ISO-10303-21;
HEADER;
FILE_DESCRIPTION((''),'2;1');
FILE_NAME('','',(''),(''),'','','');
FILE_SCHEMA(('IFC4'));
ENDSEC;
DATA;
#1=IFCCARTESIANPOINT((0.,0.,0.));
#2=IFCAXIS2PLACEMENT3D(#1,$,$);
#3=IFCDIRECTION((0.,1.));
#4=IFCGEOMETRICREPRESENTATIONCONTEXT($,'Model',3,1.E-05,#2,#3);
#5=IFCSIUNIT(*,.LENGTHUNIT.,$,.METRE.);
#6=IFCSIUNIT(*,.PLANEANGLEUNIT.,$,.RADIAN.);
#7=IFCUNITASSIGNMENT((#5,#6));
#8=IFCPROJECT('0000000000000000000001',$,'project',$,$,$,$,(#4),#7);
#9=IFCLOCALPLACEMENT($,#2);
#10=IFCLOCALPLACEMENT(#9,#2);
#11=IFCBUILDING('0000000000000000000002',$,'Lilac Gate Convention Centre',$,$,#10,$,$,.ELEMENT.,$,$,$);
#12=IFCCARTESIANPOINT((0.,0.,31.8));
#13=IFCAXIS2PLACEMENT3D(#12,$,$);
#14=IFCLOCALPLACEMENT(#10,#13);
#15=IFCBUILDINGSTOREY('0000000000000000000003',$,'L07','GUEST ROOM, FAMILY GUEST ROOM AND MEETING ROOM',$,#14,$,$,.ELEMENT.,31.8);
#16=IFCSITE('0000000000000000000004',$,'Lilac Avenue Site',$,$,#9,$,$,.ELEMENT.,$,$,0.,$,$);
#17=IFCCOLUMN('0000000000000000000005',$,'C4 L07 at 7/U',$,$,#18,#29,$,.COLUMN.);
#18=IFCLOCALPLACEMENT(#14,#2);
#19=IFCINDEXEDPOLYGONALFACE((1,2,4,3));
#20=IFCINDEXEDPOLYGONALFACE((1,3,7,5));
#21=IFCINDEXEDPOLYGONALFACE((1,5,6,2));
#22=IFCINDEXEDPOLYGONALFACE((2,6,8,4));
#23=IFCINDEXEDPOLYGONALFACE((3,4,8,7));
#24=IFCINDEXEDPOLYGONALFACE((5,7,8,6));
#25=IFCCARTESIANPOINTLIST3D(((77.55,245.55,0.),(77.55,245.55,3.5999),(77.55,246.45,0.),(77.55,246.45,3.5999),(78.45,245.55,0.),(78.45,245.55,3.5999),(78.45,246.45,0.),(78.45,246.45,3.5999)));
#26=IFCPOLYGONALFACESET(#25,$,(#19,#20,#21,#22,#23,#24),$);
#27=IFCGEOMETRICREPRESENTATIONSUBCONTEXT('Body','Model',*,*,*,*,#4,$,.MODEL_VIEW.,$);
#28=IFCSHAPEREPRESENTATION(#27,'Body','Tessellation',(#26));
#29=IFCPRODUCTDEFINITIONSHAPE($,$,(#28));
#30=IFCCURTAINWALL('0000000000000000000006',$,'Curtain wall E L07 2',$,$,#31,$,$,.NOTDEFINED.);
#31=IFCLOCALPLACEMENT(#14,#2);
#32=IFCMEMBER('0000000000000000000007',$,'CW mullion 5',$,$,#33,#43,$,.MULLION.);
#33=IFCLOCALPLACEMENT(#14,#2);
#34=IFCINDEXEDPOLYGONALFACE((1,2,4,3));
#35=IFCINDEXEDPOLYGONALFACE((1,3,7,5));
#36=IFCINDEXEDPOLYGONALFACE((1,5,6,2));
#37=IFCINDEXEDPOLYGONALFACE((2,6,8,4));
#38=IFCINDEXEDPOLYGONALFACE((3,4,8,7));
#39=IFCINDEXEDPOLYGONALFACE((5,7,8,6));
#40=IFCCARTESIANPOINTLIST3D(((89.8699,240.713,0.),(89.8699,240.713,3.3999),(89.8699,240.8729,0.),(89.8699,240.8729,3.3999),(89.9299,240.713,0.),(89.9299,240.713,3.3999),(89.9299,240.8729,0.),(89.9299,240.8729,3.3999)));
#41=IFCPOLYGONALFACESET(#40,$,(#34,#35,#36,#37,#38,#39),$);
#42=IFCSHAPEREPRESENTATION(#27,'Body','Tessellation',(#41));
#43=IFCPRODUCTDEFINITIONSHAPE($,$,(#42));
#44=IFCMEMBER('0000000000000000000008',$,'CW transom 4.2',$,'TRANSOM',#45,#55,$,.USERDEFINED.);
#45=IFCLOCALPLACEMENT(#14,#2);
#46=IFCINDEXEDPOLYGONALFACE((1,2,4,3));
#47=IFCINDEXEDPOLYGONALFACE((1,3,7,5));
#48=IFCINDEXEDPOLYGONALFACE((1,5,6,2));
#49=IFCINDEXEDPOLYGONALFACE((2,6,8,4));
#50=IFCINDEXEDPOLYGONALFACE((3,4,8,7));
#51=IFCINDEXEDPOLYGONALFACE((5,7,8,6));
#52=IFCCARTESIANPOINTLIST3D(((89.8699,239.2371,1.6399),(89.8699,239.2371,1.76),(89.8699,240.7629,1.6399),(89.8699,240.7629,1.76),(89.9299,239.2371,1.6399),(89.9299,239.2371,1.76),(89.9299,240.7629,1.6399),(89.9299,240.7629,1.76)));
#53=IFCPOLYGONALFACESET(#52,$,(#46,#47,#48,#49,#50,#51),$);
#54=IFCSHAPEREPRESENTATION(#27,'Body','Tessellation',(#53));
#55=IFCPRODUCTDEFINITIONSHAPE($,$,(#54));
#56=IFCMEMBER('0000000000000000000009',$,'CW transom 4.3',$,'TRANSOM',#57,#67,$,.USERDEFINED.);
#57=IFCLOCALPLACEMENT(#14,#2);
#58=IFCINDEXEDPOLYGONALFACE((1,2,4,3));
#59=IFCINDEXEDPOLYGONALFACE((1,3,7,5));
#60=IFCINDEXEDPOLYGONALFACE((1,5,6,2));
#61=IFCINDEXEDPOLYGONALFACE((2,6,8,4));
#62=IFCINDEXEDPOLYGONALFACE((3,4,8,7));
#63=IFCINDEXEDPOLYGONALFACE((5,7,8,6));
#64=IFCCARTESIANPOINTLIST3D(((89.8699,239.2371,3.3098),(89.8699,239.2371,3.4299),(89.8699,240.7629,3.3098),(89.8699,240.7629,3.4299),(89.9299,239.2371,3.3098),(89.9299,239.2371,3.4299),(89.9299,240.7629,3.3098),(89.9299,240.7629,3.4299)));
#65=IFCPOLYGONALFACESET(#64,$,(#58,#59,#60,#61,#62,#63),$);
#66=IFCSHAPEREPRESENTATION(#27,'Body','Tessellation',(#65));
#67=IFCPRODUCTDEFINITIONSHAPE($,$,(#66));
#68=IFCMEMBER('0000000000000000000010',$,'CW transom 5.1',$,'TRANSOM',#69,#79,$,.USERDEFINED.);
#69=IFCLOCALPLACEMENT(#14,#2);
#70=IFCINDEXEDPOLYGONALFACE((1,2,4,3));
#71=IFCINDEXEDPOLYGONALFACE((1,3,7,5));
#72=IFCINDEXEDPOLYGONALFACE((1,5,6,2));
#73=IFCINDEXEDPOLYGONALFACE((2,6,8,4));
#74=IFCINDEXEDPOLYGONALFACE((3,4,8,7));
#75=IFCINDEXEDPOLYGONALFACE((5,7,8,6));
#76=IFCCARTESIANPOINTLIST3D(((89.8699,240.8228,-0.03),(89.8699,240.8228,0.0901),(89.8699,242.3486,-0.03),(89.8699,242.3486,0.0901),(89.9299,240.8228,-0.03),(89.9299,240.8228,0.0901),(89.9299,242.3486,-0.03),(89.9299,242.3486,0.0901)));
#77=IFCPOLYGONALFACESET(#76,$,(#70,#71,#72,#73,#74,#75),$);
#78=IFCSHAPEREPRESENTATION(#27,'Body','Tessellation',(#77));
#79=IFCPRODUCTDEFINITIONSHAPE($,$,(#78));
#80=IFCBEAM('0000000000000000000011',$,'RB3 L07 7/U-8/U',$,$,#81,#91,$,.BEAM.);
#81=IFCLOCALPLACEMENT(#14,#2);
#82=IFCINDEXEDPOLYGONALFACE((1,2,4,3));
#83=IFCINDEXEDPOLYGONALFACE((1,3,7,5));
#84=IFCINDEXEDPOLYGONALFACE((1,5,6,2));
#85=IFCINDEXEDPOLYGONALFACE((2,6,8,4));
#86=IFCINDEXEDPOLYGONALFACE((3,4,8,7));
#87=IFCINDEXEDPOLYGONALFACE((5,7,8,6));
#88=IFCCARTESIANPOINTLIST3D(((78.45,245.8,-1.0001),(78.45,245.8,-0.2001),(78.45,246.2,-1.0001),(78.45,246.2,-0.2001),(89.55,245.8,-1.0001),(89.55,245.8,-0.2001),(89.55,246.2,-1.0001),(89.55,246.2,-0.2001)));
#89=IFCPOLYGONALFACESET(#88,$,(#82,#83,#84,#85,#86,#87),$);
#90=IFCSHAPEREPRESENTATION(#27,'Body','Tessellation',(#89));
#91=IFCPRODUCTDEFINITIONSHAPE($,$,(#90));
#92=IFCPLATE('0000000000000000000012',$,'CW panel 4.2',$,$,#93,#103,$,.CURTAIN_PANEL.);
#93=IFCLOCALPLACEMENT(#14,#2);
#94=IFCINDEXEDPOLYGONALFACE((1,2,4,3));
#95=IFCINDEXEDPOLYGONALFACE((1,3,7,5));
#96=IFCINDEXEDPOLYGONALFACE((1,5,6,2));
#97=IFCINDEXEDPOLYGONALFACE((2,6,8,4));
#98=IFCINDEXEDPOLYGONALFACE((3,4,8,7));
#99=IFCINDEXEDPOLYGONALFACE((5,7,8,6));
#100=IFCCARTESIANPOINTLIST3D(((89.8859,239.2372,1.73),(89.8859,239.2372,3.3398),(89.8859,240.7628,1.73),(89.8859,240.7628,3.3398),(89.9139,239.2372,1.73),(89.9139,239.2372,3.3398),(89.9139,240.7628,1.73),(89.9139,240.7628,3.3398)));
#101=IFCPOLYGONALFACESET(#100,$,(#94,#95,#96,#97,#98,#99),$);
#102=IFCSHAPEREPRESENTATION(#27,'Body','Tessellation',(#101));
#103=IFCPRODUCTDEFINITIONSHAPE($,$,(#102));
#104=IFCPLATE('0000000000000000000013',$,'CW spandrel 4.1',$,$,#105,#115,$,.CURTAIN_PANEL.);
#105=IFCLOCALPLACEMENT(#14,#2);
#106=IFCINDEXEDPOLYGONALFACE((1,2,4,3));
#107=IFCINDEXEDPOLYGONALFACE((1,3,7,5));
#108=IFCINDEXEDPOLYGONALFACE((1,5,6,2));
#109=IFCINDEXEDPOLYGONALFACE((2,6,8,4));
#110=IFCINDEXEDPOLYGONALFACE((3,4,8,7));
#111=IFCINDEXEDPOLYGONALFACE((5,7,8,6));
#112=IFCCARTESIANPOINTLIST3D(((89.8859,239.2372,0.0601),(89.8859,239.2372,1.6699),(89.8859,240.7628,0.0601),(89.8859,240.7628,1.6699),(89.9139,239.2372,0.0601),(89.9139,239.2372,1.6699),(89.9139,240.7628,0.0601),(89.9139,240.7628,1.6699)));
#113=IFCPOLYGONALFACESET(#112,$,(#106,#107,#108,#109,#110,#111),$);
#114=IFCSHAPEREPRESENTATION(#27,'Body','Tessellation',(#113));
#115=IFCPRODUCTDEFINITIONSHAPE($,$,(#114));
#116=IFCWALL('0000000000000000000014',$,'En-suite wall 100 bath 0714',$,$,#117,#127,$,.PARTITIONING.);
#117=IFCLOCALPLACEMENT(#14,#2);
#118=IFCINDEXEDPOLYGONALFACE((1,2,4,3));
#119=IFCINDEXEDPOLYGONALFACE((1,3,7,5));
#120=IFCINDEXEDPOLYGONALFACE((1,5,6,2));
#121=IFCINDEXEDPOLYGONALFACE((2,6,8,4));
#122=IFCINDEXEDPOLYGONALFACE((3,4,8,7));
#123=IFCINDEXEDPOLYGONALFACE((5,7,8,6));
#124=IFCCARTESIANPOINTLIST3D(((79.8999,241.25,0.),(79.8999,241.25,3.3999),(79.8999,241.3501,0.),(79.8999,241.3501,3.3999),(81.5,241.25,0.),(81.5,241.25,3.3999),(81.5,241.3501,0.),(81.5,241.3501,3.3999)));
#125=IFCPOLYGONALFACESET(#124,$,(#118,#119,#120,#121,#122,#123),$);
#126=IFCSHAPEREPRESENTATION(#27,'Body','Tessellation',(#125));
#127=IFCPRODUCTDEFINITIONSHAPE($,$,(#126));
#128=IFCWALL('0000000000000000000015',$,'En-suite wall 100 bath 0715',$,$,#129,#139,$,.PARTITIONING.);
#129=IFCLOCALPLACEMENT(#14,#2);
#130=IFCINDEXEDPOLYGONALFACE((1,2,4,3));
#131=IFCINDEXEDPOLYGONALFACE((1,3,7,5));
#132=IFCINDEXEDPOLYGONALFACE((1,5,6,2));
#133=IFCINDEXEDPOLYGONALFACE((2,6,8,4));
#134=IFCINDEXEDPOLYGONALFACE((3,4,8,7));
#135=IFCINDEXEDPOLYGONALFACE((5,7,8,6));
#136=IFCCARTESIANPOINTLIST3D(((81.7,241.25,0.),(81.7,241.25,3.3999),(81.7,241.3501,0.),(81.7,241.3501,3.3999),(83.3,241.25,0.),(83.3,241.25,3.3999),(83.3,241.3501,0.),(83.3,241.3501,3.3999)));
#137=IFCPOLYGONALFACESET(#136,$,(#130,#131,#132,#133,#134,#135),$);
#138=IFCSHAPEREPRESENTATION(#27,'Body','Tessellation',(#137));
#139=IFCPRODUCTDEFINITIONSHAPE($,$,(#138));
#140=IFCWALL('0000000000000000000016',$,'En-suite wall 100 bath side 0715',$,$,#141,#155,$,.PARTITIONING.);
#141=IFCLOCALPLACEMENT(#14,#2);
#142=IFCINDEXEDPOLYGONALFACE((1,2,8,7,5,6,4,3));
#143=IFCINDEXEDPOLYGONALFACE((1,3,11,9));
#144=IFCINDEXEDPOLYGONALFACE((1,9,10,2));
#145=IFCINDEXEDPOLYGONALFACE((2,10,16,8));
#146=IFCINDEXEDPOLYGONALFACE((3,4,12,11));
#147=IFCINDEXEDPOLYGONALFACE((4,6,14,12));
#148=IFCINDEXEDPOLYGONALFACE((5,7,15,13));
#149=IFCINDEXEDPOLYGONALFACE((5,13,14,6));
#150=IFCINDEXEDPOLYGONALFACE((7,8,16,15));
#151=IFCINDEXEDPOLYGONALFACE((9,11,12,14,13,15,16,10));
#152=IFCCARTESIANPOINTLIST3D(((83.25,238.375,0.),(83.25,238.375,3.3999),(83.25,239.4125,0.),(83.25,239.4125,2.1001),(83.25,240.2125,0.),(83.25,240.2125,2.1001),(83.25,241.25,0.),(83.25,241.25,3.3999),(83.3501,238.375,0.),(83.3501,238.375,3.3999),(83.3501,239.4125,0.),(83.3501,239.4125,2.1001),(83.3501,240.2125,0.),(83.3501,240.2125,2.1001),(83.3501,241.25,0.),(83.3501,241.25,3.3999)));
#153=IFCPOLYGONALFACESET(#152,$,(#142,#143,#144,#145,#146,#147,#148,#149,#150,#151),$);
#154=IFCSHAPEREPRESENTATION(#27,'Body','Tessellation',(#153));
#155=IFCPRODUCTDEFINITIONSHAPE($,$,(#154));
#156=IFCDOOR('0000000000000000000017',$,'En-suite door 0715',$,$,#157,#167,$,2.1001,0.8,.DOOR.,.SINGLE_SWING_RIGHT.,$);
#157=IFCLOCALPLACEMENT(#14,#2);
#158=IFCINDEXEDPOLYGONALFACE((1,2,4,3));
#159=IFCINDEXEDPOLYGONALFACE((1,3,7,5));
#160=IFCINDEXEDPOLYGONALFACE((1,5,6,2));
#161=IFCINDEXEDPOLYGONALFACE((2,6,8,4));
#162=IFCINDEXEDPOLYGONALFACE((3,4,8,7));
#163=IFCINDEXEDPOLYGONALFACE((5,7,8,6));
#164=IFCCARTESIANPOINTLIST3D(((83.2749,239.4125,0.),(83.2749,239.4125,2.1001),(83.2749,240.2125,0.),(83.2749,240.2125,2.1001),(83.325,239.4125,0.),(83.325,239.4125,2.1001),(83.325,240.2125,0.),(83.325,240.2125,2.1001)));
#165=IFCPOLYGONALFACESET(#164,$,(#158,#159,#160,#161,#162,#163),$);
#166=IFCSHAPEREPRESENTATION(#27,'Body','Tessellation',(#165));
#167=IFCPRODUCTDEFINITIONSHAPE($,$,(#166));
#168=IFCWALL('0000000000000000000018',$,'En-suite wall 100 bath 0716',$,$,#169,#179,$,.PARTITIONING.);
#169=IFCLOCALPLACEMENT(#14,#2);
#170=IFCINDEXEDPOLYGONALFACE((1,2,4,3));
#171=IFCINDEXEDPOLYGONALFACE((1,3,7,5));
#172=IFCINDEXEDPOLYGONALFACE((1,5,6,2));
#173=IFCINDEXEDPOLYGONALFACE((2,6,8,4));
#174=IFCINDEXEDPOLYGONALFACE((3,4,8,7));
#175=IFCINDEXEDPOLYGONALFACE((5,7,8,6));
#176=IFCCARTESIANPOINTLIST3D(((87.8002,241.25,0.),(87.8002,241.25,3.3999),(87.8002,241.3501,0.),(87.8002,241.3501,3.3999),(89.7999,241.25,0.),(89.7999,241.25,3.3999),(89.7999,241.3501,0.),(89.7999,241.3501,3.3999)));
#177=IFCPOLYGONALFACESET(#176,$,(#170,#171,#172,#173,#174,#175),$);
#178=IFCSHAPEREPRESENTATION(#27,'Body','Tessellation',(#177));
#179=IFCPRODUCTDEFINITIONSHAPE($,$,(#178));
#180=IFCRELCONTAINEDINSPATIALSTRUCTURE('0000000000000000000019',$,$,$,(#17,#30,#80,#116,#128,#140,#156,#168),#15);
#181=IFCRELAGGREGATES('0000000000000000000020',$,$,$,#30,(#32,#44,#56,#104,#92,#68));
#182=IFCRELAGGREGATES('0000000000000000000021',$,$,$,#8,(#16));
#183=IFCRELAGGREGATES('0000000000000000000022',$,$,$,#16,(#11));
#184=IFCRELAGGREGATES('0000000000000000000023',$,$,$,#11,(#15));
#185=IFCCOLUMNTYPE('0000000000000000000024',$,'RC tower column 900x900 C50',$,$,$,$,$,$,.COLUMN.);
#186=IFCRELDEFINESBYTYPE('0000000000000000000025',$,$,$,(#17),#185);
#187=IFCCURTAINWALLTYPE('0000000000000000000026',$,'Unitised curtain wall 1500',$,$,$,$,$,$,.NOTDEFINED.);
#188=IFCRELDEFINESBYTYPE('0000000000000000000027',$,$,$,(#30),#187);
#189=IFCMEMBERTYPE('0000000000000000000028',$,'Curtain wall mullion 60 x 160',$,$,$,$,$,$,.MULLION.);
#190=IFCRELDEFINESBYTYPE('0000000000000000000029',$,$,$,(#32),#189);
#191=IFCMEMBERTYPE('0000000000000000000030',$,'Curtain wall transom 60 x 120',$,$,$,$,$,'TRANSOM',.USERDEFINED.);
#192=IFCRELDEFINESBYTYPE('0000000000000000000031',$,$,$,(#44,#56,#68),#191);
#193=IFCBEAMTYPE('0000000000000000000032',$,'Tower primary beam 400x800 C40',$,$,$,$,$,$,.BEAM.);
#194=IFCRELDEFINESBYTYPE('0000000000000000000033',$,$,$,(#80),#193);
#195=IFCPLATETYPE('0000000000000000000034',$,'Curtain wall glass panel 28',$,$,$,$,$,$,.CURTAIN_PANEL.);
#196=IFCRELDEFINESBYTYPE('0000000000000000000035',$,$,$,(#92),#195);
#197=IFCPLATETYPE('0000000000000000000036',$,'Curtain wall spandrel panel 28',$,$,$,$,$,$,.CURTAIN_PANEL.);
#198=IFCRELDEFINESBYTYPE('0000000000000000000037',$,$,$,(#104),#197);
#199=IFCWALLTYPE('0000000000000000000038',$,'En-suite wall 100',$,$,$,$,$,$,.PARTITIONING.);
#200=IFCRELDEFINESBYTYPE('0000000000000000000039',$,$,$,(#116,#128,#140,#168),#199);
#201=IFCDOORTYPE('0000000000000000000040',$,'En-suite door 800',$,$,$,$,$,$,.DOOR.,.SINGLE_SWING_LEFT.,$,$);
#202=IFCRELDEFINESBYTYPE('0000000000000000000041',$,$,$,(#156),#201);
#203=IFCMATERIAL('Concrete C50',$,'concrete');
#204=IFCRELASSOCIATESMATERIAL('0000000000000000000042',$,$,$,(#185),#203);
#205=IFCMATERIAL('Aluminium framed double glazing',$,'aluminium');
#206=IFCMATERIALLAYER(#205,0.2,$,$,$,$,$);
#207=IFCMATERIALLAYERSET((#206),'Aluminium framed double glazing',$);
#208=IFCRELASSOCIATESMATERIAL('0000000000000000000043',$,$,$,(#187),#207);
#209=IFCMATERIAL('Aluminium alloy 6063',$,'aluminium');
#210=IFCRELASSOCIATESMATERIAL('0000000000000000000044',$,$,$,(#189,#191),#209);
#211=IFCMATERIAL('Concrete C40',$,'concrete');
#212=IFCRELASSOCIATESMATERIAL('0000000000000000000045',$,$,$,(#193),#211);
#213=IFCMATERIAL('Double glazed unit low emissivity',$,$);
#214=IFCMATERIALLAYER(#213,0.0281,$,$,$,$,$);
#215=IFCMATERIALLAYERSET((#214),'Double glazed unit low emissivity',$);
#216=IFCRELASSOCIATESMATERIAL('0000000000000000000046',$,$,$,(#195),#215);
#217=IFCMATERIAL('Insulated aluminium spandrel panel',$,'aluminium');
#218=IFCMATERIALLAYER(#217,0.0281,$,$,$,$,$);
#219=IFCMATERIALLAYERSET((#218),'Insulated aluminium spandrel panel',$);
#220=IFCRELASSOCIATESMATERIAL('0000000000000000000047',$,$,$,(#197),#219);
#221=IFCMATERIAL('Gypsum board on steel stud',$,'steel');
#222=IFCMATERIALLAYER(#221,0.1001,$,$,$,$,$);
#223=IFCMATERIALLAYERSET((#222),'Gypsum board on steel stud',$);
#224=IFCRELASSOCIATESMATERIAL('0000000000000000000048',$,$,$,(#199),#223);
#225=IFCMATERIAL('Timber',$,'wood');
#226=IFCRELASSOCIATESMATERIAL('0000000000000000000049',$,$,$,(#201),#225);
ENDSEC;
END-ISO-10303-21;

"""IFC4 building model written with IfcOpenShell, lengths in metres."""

from ifc_helpers import new_model, si_unit, direction, frame, frame_2d, origin, origin_2d, place, context, subcontext, project, spatial, rectangle, extrude, material, layer, layer_set, material_profile, profile_set, type_object, element, fill, aggregate, save


model = new_model("IFC4")

# Units and contexts
model_context = context("Model", 3, precision=1e-05, world=origin(), true_north=direction((0.0, 1.0)))
body_context = subcontext(model_context, "Body", "Model", "MODEL_VIEW")
ifc_project = project(units=[si_unit("LENGTHUNIT", "METRE"), si_unit("PLANEANGLEUNIT", "RADIAN")], contexts=[model_context])

# Site, building, storey
site_placement = place(None, origin())
site = spatial("IfcSite", under=ifc_project, at=site_placement, Name="Lilac Avenue Site", CompositionType="ELEMENT", RefElevation=0.0)
building_placement = place(site_placement, origin())
building = spatial("IfcBuilding", under=site, at=building_placement, Name="Lilac Gate Convention Centre", CompositionType="ELEMENT")
storey_placement = place(building_placement, frame((0.0, 0.0, 31.8)))
storey = spatial("IfcBuildingStorey", under=building, at=storey_placement, Name="L07", Description="GUEST ROOM, FAMILY GUEST ROOM AND MEETING ROOM", CompositionType="ELEMENT", Elevation=31.8)

# Column
ifc_material_1 = material(Name="Concrete C50", Category="concrete")
ifc_material_profile_1 = material_profile(ifc_material_1, rectangle(XDim=0.8999, YDim=0.8999, at=origin_2d()), Name="RC 900x900")
ifc_profile_set_1 = profile_set([ifc_material_profile_1], Name="Concrete C50")
column_type = type_object("IfcColumnType", Name="RC tower column 900x900 C50", PredefinedType="COLUMN", material=ifc_profile_set_1)
column_placement = place(storey_placement, frame((78.0, 246.0, 0.0), z_axis=(0.0, 0.0, 1.0), x_axis=(1.0, 0.0, 0.0)))
element("IfcColumn", 1, at=column_placement, inside=storey, type_object=column_type, Name="C4 L07 at 7/U", PredefinedType="COLUMN", context=body_context, shape_type="SweptSolid", body=[
    extrude(rectangle(XDim=0.8999, YDim=0.8999, at=origin_2d()), origin(), (0.0, 0.0, 1.0), 3.5999),
])

# Curtain wall, members
ifc_material_2 = material(Name="Aluminium framed double glazing", Category="aluminium")
ifc_layer_1 = layer(ifc_material_2, 0.2)
ifc_layer_set_1 = layer_set([ifc_layer_1], Name="Aluminium framed double glazing")
curtain_wall_type = type_object("IfcCurtainWallType", Name="Unitised curtain wall 1500", PredefinedType="NOTDEFINED", material=ifc_layer_set_1)
curtain_wall_placement = place(storey_placement, origin())
curtain_wall = element("IfcCurtainWall", 2, at=curtain_wall_placement, inside=storey, type_object=curtain_wall_type, Name="Curtain wall E L07 2", PredefinedType="NOTDEFINED")
ifc_material_3 = material(Name="Aluminium alloy 6063", Category="aluminium")
ifc_material_profile_2 = material_profile(ifc_material_3, rectangle(XDim=0.0601, YDim=0.1599, at=origin_2d()), Name="Curtain wall mullion 60 x 160")
ifc_profile_set_2 = profile_set([ifc_material_profile_2], Name="Aluminium alloy 6063")
member_type_1 = type_object("IfcMemberType", Name="Curtain wall mullion 60 x 160", PredefinedType="MULLION", material=ifc_profile_set_2)
member_1_placement = place(storey_placement, frame((89.8999, 240.793, 0.0), z_axis=(0.0, 0.0, 1.0), x_axis=(-1.0, 0.0, 0.0)))
member_1 = element("IfcMember", 3, at=member_1_placement, type_object=member_type_1, Name="CW mullion 5", PredefinedType="MULLION", context=body_context, shape_type="SweptSolid", body=[
    extrude(rectangle(XDim=0.0601, YDim=0.1599, at=origin_2d()), origin(), (0.0, 0.0, 1.0), 3.3999),
])
ifc_material_profile_3 = material_profile(ifc_material_3, rectangle(XDim=0.0601, YDim=0.1201, at=origin_2d()), Name="Curtain wall transom 60 x 120")
ifc_profile_set_3 = profile_set([ifc_material_profile_3], Name="Aluminium alloy 6063")
member_type_2 = type_object("IfcMemberType", Name="Curtain wall transom 60 x 120", ElementType="TRANSOM", PredefinedType="USERDEFINED", material=ifc_profile_set_3)
member_2_placement = place(storey_placement, frame((89.8999, 239.2371, 1.7), z_axis=(0.0, 1.0, 0.0), x_axis=(-1.0, 0.0, 0.0)))
member_2 = element("IfcMember", 4, at=member_2_placement, type_object=member_type_2, Name="CW transom 4.2", ObjectType="TRANSOM", PredefinedType="USERDEFINED", context=body_context, shape_type="SweptSolid", body=[
    extrude(rectangle(XDim=0.0601, YDim=0.1201, at=origin_2d()), origin(), (0.0, 0.0, 1.0), 1.5259),
])
member_3_placement = place(storey_placement, frame((89.8999, 239.2371, 3.3699), z_axis=(0.0, 1.0, 0.0), x_axis=(-1.0, 0.0, 0.0)))
member_3 = element("IfcMember", 5, at=member_3_placement, type_object=member_type_2, Name="CW transom 4.3", ObjectType="TRANSOM", PredefinedType="USERDEFINED", context=body_context, shape_type="SweptSolid", body=[
    extrude(rectangle(XDim=0.0601, YDim=0.1201, at=origin_2d()), origin(), (0.0, 0.0, 1.0), 1.5259),
])
member_4_placement = place(storey_placement, frame((89.8999, 240.8228, 0.03), z_axis=(0.0, 1.0, 0.0), x_axis=(-1.0, 0.0, 0.0)))
member_4 = element("IfcMember", 6, at=member_4_placement, type_object=member_type_2, Name="CW transom 5.1", ObjectType="TRANSOM", PredefinedType="USERDEFINED", context=body_context, shape_type="SweptSolid", body=[
    extrude(rectangle(XDim=0.0601, YDim=0.1201, at=origin_2d()), origin(), (0.0, 0.0, 1.0), 1.5259),
])

# Beam
ifc_material_4 = material(Name="Concrete C40", Category="concrete")
ifc_material_profile_4 = material_profile(ifc_material_4, rectangle(XDim=0.3999, YDim=0.8, at=origin_2d()), Name="RC 400x800")
ifc_profile_set_4 = profile_set([ifc_material_profile_4], Name="Concrete C40")
beam_type = type_object("IfcBeamType", Name="Tower primary beam 400x800 C40", PredefinedType="BEAM", material=ifc_profile_set_4)
beam_placement = place(storey_placement, frame((78.45, 246.0, -0.6001), z_axis=(1.0, 0.0, 0.0), x_axis=(0.0, 1.0, 0.0)))
element("IfcBeam", 7, at=beam_placement, inside=storey, type_object=beam_type, Name="RB3 L07 7/U-8/U", PredefinedType="BEAM", context=body_context, shape_type="SweptSolid", body=[
    extrude(rectangle(XDim=0.3999, YDim=0.8, at=origin_2d()), origin(), (0.0, 0.0, 1.0), 11.1001),
])

# Plates
ifc_material_5 = material(Name="Double glazed unit low emissivity")
ifc_layer_2 = layer(ifc_material_5, 0.0281)
ifc_layer_set_2 = layer_set([ifc_layer_2], Name="Double glazed unit low emissivity")
plate_type_1 = type_object("IfcPlateType", Name="Curtain wall glass panel 28", PredefinedType="CURTAIN_PANEL", material=ifc_layer_set_2)
plate_1_placement = place(storey_placement, frame((89.8999, 240.0, 1.73), z_axis=(0.0, 0.0, 1.0), x_axis=(0.0, 1.0, 0.0)))
plate_1 = element("IfcPlate", 8, at=plate_1_placement, type_object=plate_type_1, Name="CW panel 4.2", PredefinedType="CURTAIN_PANEL", context=body_context, shape_type="SweptSolid", body=[
    extrude(rectangle(XDim=1.5256, YDim=0.0281, at=origin_2d()), origin(), (0.0, 0.0, 1.0), 1.6099),
])
ifc_material_6 = material(Name="Insulated aluminium spandrel panel", Category="aluminium")
ifc_layer_3 = layer(ifc_material_6, 0.0281)
ifc_layer_set_3 = layer_set([ifc_layer_3], Name="Insulated aluminium spandrel panel")
plate_type_2 = type_object("IfcPlateType", Name="Curtain wall spandrel panel 28", PredefinedType="CURTAIN_PANEL", material=ifc_layer_set_3)
plate_2_placement = place(storey_placement, frame((89.8999, 240.0, 0.0601), z_axis=(0.0, 0.0, 1.0), x_axis=(0.0, 1.0, 0.0)))
plate_2 = element("IfcPlate", 9, at=plate_2_placement, type_object=plate_type_2, Name="CW spandrel 4.1", PredefinedType="CURTAIN_PANEL", context=body_context, shape_type="SweptSolid", body=[
    extrude(rectangle(XDim=1.5256, YDim=0.0281, at=origin_2d()), origin(), (0.0, 0.0, 1.0), 1.6099),
])
aggregate(curtain_wall, [member_1, member_2, member_3, plate_2, plate_1, member_4])

# Walls
ifc_material_7 = material(Name="Gypsum board on steel stud", Category="steel")
ifc_layer_4 = layer(ifc_material_7, 0.1001)
ifc_layer_set_4 = layer_set([ifc_layer_4], Name="Gypsum board on steel stud")
wall_type_1 = type_object("IfcWallType", Name="En-suite wall 100", PredefinedType="PARTITIONING", material=ifc_layer_set_4)
for number, where, z_axis, x_axis, name in (
    (10, (79.8999, 241.3, 0.0), (0.0, 0.0, 1.0), (1.0, 0.0, 0.0), "En-suite wall 100 bath 0714"),
    (11, (81.7, 241.3, 0.0), (0.0, 0.0, 1.0), (1.0, 0.0, 0.0), "En-suite wall 100 bath 0715"),
):
    element("IfcWall", number, at=place(storey_placement, frame(where, z_axis=z_axis, x_axis=x_axis)), inside=storey, type_object=wall_type_1, Name=name, PredefinedType="PARTITIONING", context=body_context, shape_type="SweptSolid", body=[
        extrude(rectangle(XDim=1.6001, YDim=0.1001, at=frame_2d((0.8, 0.0))), origin(), (0.0, 0.0, 1.0), 3.3999),
    ])

# Wall, opening, door
wall_1_placement = place(storey_placement, frame((83.3, 241.25, 0.0), z_axis=(0.0, 0.0, 1.0), x_axis=(0.0, -1.0, 0.0)))
wall_1 = element("IfcWall", 12, at=wall_1_placement, inside=storey, type_object=wall_type_1, Name="En-suite wall 100 bath side 0715", PredefinedType="PARTITIONING", context=body_context, shape_type="SweptSolid", body=[
    extrude(rectangle(XDim=2.875, YDim=0.1001, at=frame_2d((1.4375, 0.0))), origin(), (0.0, 0.0, 1.0), 3.3999),
])
opening_1_placement = place(wall_1_placement, frame((1.0376, 0.0, 0.0)))
opening_1 = element("IfcOpeningElement", 13, at=opening_1_placement, cuts=wall_1, PredefinedType="OPENING", context=body_context, shape_type="SweptSolid", body=[
    extrude(rectangle(XDim=0.8, YDim=2.1001, at=frame_2d((0.3999, 1.05))), frame((0.0, 0.0601, 0.0), z_axis=(0.0, -1.0, 0.0), x_axis=(1.0, 0.0, 0.0)), (0.0, 0.0, 1.0), 0.1201),
])
ifc_material_8 = material(Name="Timber", Category="wood")
door_type = type_object("IfcDoorType", Name="En-suite door 800", OperationType="SINGLE_SWING_LEFT", PredefinedType="DOOR", material=ifc_material_8)
door_placement = place(opening_1_placement, origin())
door = element("IfcDoor", 14, at=door_placement, inside=storey, type_object=door_type, Name="En-suite door 0715", OperationType="SINGLE_SWING_RIGHT", OverallHeight=2.1001, OverallWidth=0.8, PredefinedType="DOOR", context=body_context, shape_type="SweptSolid", body=[
    extrude(rectangle(XDim=0.8, YDim=2.1001, at=frame_2d((0.3999, 1.05))), frame((0.0, 0.0249, 0.0), z_axis=(0.0, -1.0, 0.0), x_axis=(1.0, 0.0, 0.0)), (0.0, 0.0, 1.0), 0.05),
])
fill(opening_1, door)

# Wall
wall_2_placement = place(storey_placement, frame((87.8, 241.3, 0.0), z_axis=(0.0, 0.0, 1.0), x_axis=(1.0, 0.0, 0.0)))
element("IfcWall", 15, at=wall_2_placement, inside=storey, type_object=wall_type_1, Name="En-suite wall 100 bath 0716", PredefinedType="PARTITIONING", context=body_context, shape_type="SweptSolid", body=[
    extrude(rectangle(XDim=1.9998, YDim=0.1001, at=frame_2d((1.0, 0.0))), origin(), (0.0, 0.0, 1.0), 3.3999),
])

save(model, "model.ifc")
